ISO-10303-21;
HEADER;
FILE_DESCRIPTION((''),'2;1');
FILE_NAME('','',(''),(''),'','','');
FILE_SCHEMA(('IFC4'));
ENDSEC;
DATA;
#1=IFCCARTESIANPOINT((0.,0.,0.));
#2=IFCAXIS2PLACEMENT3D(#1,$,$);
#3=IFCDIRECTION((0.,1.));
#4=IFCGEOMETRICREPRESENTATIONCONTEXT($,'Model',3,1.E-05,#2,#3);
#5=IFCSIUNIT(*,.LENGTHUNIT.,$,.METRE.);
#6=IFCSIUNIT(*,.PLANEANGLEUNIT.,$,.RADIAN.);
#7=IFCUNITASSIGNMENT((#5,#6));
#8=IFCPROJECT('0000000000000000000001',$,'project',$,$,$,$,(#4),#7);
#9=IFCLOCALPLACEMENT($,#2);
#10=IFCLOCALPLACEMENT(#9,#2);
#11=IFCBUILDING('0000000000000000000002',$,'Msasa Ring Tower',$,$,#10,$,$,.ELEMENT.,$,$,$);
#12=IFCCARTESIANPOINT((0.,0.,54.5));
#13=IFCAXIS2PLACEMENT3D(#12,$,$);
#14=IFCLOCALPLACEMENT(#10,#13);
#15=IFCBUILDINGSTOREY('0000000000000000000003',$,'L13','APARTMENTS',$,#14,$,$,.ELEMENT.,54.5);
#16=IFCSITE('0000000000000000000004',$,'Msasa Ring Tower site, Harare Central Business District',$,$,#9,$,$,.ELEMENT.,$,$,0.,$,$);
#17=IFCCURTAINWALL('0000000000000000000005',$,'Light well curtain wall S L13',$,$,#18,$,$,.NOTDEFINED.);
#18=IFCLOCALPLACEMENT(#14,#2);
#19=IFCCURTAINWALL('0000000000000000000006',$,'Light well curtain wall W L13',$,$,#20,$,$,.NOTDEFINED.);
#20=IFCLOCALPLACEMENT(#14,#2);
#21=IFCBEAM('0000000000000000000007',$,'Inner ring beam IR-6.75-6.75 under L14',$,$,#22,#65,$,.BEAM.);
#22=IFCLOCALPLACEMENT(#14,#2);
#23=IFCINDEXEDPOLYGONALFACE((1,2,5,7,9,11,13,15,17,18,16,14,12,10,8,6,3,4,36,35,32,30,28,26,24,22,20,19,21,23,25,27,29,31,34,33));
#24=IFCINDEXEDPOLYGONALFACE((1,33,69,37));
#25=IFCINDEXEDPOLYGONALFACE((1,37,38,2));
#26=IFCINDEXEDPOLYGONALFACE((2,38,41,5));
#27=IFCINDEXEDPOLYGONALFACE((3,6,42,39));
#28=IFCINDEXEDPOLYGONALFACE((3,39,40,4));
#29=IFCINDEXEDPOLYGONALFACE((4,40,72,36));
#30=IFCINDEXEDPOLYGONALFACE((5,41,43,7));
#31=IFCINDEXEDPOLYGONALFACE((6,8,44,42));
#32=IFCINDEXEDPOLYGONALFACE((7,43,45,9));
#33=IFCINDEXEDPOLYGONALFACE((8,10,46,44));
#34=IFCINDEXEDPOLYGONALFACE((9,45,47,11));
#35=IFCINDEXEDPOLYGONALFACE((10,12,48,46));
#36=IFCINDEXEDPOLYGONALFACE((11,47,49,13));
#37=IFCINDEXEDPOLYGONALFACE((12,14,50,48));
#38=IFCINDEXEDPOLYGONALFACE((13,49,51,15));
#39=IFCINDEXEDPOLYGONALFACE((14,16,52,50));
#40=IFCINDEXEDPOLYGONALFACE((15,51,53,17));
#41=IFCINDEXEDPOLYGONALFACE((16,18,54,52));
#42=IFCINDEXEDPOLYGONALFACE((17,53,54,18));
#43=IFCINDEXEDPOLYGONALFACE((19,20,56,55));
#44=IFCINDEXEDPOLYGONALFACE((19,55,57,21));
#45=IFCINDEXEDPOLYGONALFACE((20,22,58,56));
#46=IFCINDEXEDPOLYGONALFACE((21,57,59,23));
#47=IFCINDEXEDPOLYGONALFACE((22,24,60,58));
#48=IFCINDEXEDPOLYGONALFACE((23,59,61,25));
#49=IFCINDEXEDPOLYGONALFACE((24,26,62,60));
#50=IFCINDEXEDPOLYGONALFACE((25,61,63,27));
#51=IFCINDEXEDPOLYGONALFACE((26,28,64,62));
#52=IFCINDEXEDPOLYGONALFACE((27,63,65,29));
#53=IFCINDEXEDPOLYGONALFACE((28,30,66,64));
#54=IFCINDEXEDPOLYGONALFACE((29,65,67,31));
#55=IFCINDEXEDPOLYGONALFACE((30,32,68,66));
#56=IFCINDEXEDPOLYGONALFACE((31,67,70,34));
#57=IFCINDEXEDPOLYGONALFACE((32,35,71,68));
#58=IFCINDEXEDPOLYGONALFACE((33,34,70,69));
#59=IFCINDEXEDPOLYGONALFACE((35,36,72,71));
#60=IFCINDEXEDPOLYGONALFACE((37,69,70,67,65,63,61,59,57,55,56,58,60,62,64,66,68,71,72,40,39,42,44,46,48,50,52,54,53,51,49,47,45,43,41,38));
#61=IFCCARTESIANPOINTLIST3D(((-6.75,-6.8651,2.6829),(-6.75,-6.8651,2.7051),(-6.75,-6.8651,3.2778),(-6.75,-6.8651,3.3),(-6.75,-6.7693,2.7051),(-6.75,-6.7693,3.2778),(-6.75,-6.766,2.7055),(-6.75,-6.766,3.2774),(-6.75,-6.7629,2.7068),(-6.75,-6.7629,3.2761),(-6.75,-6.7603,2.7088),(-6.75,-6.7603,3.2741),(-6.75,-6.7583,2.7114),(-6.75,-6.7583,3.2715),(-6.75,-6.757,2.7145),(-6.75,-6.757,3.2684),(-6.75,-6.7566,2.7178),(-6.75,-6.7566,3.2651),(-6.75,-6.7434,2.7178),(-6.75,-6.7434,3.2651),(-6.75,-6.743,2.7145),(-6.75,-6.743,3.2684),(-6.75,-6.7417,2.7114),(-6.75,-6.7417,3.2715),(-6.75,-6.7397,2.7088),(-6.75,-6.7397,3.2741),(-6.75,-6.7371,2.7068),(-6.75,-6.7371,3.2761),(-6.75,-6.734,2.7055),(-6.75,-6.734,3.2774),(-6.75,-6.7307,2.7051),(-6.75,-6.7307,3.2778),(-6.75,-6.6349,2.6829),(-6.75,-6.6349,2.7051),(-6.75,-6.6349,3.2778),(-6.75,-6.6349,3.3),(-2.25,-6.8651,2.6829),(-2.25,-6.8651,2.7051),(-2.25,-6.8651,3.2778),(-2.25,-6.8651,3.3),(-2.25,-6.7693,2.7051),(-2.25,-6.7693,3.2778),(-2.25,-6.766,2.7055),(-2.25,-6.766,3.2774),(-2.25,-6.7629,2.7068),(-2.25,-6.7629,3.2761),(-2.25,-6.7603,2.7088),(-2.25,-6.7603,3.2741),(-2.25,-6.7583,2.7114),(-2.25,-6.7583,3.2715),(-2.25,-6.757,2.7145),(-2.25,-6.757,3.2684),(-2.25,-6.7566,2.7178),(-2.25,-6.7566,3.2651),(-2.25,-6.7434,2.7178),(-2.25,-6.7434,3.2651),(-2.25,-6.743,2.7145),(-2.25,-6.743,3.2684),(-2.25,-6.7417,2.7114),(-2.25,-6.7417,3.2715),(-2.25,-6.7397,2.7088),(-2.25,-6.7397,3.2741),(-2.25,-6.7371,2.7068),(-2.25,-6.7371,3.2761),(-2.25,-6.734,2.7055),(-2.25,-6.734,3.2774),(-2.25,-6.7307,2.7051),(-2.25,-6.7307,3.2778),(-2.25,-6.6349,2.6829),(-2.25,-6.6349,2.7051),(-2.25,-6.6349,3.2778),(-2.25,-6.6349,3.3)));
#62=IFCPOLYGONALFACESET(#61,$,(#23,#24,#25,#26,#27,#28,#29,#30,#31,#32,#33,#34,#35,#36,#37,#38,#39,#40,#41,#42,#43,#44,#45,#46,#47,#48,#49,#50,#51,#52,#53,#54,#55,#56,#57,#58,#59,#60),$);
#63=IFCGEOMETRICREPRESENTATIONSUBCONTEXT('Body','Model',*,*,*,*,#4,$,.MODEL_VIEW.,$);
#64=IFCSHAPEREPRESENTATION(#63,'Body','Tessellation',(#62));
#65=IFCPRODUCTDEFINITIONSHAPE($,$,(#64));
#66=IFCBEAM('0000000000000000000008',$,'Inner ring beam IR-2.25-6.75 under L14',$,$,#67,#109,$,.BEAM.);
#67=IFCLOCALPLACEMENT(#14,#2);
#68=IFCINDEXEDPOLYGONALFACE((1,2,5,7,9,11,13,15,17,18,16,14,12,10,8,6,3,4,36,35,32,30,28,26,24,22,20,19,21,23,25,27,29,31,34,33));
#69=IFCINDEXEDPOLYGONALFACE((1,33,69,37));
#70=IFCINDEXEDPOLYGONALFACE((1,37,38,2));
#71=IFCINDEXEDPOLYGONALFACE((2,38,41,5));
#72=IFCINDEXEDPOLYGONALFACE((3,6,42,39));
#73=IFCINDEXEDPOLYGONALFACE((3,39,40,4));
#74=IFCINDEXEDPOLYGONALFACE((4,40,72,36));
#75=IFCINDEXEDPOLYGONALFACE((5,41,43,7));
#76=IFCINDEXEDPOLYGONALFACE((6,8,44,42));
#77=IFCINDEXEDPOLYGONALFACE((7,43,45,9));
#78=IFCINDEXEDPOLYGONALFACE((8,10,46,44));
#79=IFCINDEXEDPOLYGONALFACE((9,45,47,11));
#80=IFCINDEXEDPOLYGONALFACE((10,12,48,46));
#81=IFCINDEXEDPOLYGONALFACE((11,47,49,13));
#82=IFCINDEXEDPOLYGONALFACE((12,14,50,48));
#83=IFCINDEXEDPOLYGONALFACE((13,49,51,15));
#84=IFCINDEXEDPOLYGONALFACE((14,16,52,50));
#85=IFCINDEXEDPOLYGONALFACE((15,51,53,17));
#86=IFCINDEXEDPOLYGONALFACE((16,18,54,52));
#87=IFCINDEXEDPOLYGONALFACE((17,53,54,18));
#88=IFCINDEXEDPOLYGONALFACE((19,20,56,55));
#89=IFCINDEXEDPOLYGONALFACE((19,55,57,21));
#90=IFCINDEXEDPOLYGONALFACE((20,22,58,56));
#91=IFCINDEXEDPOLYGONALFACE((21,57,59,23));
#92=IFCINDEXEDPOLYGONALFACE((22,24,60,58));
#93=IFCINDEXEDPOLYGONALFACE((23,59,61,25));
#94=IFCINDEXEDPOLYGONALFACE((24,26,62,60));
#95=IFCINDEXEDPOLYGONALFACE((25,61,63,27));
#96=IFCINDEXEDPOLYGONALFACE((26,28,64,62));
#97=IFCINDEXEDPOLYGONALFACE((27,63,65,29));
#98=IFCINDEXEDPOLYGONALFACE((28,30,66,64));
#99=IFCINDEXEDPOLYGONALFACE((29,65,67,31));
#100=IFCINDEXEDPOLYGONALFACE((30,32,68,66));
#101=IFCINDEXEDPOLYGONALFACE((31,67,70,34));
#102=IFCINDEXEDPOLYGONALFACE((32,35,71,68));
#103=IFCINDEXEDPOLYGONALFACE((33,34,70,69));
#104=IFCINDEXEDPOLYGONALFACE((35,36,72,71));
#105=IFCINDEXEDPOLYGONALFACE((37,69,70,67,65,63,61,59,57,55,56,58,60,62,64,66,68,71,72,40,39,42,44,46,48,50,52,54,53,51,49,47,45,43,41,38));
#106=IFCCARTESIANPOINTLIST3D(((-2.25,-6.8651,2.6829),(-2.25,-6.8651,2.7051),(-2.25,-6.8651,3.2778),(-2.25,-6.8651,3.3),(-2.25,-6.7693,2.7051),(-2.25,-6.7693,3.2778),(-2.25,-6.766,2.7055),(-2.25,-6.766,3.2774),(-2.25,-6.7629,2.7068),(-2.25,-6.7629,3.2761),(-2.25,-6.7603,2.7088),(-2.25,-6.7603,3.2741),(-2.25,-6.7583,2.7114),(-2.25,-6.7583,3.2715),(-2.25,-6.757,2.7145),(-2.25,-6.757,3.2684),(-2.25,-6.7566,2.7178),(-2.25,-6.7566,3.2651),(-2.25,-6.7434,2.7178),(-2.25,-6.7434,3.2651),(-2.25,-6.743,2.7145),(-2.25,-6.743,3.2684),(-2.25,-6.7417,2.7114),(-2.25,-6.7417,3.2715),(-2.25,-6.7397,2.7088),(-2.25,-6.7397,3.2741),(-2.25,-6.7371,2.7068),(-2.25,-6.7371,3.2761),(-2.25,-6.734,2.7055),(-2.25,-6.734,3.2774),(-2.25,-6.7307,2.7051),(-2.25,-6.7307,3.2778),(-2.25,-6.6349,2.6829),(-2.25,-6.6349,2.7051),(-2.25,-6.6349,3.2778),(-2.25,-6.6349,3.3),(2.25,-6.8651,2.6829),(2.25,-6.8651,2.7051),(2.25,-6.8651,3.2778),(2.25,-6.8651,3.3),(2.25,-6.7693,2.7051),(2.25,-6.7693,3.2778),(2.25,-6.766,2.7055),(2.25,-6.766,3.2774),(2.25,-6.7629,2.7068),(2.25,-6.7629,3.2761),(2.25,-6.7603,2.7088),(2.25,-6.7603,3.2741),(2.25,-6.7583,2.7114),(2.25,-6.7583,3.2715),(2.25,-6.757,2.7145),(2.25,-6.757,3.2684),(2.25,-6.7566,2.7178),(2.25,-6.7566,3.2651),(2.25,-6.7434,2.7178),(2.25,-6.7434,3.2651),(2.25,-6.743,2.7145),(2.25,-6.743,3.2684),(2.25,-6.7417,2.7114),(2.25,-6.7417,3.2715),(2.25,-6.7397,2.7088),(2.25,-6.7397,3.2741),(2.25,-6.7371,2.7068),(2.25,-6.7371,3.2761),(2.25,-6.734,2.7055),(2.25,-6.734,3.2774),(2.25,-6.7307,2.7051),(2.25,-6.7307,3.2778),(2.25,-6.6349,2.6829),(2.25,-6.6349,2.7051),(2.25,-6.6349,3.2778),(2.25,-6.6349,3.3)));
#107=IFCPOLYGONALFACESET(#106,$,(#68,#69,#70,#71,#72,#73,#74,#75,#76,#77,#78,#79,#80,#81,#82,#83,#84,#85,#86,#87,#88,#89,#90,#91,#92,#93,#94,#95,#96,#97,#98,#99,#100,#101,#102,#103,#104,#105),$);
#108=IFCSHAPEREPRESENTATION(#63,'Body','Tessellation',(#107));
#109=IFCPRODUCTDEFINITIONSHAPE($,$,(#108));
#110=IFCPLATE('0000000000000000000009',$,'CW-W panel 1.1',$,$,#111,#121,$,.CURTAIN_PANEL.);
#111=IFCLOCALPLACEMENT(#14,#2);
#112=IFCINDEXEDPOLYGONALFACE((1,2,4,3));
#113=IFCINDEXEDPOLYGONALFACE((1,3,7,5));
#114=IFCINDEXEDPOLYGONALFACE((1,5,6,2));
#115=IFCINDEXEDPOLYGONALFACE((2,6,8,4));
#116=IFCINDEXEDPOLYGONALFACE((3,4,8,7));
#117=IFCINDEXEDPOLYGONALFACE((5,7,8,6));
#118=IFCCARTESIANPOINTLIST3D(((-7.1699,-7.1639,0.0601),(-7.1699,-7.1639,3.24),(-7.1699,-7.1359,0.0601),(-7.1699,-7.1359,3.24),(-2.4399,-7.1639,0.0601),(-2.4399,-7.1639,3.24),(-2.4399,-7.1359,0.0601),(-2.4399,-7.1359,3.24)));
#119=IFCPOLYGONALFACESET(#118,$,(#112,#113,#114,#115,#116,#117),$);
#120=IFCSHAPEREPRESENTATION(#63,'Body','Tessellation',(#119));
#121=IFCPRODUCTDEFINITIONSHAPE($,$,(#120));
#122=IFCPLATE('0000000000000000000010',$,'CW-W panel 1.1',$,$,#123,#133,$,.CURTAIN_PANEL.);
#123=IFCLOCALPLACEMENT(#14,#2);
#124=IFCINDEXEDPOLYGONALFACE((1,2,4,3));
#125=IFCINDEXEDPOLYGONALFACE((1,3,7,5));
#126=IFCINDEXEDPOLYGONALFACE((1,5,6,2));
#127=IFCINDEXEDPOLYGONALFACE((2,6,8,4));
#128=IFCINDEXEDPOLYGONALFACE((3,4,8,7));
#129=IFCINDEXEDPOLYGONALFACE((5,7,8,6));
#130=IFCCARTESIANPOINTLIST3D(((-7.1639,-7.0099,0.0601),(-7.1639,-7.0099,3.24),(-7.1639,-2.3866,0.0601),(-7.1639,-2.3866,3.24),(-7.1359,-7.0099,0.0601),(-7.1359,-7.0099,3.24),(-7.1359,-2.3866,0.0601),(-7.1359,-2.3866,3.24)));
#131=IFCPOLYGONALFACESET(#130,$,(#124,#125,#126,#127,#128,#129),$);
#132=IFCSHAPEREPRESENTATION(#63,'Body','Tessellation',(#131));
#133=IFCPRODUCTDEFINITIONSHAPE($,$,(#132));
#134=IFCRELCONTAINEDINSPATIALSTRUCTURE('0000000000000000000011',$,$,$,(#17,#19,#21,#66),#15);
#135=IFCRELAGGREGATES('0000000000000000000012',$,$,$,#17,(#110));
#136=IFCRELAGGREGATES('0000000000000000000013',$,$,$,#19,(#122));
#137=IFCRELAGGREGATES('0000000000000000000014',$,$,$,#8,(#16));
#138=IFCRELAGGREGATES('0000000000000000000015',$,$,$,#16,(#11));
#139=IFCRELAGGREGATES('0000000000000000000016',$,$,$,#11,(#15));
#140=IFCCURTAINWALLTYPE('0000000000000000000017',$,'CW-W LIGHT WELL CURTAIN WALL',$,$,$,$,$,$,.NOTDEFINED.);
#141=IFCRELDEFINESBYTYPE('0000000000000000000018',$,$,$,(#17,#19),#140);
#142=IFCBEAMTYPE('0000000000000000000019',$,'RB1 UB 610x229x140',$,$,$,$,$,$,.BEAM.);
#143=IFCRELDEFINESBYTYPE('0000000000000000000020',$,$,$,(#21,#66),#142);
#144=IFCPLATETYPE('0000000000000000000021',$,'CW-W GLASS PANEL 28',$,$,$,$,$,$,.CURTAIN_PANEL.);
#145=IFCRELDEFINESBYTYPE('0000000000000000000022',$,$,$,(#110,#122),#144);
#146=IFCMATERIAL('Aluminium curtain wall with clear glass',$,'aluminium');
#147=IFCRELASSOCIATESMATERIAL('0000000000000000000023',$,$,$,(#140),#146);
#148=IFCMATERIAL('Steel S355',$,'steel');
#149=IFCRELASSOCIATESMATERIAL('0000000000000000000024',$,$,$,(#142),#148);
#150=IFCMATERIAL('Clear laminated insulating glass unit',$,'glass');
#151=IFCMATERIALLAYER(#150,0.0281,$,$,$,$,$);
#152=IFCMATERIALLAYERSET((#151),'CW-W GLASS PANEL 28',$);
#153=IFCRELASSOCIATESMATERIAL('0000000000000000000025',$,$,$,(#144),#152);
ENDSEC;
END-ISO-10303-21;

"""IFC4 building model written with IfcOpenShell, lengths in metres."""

from ifc_helpers import new_model, si_unit, direction, frame, origin, origin_2d, place, context, subcontext, project, spatial, rectangle, i_section, extrude, material, layer, layer_set, material_profile, profile_set, type_object, element, aggregate, save


model = new_model("IFC4")

# Units and contexts
model_context = context("Model", 3, precision=1e-05, world=origin(), true_north=direction((0.0, 1.0)))
body_context = subcontext(model_context, "Body", "Model", "MODEL_VIEW")
ifc_project = project(units=[si_unit("LENGTHUNIT", "METRE"), si_unit("PLANEANGLEUNIT", "RADIAN")], contexts=[model_context])

# Site, building, storey
site_placement = place(None, origin())
site = spatial("IfcSite", under=ifc_project, at=site_placement, Name="Msasa Ring Tower site, Harare Central Business District", CompositionType="ELEMENT", RefElevation=0.0)
building_placement = place(site_placement, origin())
building = spatial("IfcBuilding", under=site, at=building_placement, Name="Msasa Ring Tower", CompositionType="ELEMENT")
storey_placement = place(building_placement, frame((0.0, 0.0, 54.5)))
storey = spatial("IfcBuildingStorey", under=building, at=storey_placement, Name="L13", Description="APARTMENTS", CompositionType="ELEMENT", Elevation=54.5)

# Curtain walls
ifc_material_1 = material(Name="Aluminium curtain wall with clear glass", Category="aluminium")
curtain_wall_type = type_object("IfcCurtainWallType", Name="CW-W LIGHT WELL CURTAIN WALL", PredefinedType="NOTDEFINED", material=ifc_material_1)
curtain_wall_1_placement = place(storey_placement, origin())
curtain_wall_1 = element("IfcCurtainWall", 1, at=curtain_wall_1_placement, inside=storey, type_object=curtain_wall_type, Name="Light well curtain wall S L13", PredefinedType="NOTDEFINED")
curtain_wall_2_placement = place(storey_placement, origin())
curtain_wall_2 = element("IfcCurtainWall", 2, at=curtain_wall_2_placement, inside=storey, type_object=curtain_wall_type, Name="Light well curtain wall W L13", PredefinedType="NOTDEFINED")

# Beams
ifc_material_2 = material(Name="Steel S355", Category="steel")
ifc_material_profile_1 = material_profile(ifc_material_2, i_section(OverallWidth=0.2302, OverallDepth=0.6172, WebThickness=0.0132, FlangeThickness=0.0222, FilletRadius=0.0127, at=origin_2d()), Name="UB 610x229x140")
ifc_profile_set_1 = profile_set([ifc_material_profile_1], Name="Steel S355")
beam_type = type_object("IfcBeamType", Name="RB1 UB 610x229x140", PredefinedType="BEAM", material=ifc_profile_set_1)
for number, where, z_axis, x_axis, name in (
    (3, (-6.75, -6.75, 2.9915), (1.0, 0.0, 0.0), (0.0, 1.0, 0.0), "Inner ring beam IR-6.75-6.75 under L14"),
    (4, (-2.25, -6.75, 2.9915), (1.0, 0.0, 0.0), (0.0, 1.0, 0.0), "Inner ring beam IR-2.25-6.75 under L14"),
):
    element("IfcBeam", number, at=place(storey_placement, frame(where, z_axis=z_axis, x_axis=x_axis)), inside=storey, type_object=beam_type, Name=name, PredefinedType="BEAM", context=body_context, shape_type="SweptSolid", body=[
        extrude(i_section(OverallWidth=0.2302, OverallDepth=0.6172, WebThickness=0.0132, FlangeThickness=0.0222, FilletRadius=0.0127, at=origin_2d()), origin(), (0.0, 0.0, 1.0), 4.5),
    ])

# Plates
ifc_material_3 = material(Name="Clear laminated insulating glass unit", Category="glass")
ifc_layer = layer(ifc_material_3, 0.0281)
ifc_layer_set = layer_set([ifc_layer], Name="CW-W GLASS PANEL 28")
plate_type = type_object("IfcPlateType", Name="CW-W GLASS PANEL 28", PredefinedType="CURTAIN_PANEL", material=ifc_layer_set)
plate_1_placement = place(storey_placement, frame((-4.8049, -7.1499, 0.0601), z_axis=(0.0, 0.0, 1.0), x_axis=(1.0, 0.0, 0.0)))
plate_1 = element("IfcPlate", 5, at=plate_1_placement, type_object=plate_type, Name="CW-W panel 1.1", PredefinedType="CURTAIN_PANEL", context=body_context, shape_type="SweptSolid", body=[
    extrude(rectangle(XDim=4.73, YDim=0.0281, at=origin_2d()), origin(), (0.0, 0.0, 1.0), 3.1799),
])
aggregate(curtain_wall_1, [plate_1])
plate_2_placement = place(storey_placement, frame((-7.1499, -4.6982, 0.0601), z_axis=(0.0, 0.0, 1.0), x_axis=(0.0, 1.0, 0.0)))
plate_2 = element("IfcPlate", 6, at=plate_2_placement, type_object=plate_type, Name="CW-W panel 1.1", PredefinedType="CURTAIN_PANEL", context=body_context, shape_type="SweptSolid", body=[
    extrude(rectangle(XDim=4.6233, YDim=0.0281, at=origin_2d()), origin(), (0.0, 0.0, 1.0), 3.1799),
])
aggregate(curtain_wall_2, [plate_2])

save(model, "model.ifc")
